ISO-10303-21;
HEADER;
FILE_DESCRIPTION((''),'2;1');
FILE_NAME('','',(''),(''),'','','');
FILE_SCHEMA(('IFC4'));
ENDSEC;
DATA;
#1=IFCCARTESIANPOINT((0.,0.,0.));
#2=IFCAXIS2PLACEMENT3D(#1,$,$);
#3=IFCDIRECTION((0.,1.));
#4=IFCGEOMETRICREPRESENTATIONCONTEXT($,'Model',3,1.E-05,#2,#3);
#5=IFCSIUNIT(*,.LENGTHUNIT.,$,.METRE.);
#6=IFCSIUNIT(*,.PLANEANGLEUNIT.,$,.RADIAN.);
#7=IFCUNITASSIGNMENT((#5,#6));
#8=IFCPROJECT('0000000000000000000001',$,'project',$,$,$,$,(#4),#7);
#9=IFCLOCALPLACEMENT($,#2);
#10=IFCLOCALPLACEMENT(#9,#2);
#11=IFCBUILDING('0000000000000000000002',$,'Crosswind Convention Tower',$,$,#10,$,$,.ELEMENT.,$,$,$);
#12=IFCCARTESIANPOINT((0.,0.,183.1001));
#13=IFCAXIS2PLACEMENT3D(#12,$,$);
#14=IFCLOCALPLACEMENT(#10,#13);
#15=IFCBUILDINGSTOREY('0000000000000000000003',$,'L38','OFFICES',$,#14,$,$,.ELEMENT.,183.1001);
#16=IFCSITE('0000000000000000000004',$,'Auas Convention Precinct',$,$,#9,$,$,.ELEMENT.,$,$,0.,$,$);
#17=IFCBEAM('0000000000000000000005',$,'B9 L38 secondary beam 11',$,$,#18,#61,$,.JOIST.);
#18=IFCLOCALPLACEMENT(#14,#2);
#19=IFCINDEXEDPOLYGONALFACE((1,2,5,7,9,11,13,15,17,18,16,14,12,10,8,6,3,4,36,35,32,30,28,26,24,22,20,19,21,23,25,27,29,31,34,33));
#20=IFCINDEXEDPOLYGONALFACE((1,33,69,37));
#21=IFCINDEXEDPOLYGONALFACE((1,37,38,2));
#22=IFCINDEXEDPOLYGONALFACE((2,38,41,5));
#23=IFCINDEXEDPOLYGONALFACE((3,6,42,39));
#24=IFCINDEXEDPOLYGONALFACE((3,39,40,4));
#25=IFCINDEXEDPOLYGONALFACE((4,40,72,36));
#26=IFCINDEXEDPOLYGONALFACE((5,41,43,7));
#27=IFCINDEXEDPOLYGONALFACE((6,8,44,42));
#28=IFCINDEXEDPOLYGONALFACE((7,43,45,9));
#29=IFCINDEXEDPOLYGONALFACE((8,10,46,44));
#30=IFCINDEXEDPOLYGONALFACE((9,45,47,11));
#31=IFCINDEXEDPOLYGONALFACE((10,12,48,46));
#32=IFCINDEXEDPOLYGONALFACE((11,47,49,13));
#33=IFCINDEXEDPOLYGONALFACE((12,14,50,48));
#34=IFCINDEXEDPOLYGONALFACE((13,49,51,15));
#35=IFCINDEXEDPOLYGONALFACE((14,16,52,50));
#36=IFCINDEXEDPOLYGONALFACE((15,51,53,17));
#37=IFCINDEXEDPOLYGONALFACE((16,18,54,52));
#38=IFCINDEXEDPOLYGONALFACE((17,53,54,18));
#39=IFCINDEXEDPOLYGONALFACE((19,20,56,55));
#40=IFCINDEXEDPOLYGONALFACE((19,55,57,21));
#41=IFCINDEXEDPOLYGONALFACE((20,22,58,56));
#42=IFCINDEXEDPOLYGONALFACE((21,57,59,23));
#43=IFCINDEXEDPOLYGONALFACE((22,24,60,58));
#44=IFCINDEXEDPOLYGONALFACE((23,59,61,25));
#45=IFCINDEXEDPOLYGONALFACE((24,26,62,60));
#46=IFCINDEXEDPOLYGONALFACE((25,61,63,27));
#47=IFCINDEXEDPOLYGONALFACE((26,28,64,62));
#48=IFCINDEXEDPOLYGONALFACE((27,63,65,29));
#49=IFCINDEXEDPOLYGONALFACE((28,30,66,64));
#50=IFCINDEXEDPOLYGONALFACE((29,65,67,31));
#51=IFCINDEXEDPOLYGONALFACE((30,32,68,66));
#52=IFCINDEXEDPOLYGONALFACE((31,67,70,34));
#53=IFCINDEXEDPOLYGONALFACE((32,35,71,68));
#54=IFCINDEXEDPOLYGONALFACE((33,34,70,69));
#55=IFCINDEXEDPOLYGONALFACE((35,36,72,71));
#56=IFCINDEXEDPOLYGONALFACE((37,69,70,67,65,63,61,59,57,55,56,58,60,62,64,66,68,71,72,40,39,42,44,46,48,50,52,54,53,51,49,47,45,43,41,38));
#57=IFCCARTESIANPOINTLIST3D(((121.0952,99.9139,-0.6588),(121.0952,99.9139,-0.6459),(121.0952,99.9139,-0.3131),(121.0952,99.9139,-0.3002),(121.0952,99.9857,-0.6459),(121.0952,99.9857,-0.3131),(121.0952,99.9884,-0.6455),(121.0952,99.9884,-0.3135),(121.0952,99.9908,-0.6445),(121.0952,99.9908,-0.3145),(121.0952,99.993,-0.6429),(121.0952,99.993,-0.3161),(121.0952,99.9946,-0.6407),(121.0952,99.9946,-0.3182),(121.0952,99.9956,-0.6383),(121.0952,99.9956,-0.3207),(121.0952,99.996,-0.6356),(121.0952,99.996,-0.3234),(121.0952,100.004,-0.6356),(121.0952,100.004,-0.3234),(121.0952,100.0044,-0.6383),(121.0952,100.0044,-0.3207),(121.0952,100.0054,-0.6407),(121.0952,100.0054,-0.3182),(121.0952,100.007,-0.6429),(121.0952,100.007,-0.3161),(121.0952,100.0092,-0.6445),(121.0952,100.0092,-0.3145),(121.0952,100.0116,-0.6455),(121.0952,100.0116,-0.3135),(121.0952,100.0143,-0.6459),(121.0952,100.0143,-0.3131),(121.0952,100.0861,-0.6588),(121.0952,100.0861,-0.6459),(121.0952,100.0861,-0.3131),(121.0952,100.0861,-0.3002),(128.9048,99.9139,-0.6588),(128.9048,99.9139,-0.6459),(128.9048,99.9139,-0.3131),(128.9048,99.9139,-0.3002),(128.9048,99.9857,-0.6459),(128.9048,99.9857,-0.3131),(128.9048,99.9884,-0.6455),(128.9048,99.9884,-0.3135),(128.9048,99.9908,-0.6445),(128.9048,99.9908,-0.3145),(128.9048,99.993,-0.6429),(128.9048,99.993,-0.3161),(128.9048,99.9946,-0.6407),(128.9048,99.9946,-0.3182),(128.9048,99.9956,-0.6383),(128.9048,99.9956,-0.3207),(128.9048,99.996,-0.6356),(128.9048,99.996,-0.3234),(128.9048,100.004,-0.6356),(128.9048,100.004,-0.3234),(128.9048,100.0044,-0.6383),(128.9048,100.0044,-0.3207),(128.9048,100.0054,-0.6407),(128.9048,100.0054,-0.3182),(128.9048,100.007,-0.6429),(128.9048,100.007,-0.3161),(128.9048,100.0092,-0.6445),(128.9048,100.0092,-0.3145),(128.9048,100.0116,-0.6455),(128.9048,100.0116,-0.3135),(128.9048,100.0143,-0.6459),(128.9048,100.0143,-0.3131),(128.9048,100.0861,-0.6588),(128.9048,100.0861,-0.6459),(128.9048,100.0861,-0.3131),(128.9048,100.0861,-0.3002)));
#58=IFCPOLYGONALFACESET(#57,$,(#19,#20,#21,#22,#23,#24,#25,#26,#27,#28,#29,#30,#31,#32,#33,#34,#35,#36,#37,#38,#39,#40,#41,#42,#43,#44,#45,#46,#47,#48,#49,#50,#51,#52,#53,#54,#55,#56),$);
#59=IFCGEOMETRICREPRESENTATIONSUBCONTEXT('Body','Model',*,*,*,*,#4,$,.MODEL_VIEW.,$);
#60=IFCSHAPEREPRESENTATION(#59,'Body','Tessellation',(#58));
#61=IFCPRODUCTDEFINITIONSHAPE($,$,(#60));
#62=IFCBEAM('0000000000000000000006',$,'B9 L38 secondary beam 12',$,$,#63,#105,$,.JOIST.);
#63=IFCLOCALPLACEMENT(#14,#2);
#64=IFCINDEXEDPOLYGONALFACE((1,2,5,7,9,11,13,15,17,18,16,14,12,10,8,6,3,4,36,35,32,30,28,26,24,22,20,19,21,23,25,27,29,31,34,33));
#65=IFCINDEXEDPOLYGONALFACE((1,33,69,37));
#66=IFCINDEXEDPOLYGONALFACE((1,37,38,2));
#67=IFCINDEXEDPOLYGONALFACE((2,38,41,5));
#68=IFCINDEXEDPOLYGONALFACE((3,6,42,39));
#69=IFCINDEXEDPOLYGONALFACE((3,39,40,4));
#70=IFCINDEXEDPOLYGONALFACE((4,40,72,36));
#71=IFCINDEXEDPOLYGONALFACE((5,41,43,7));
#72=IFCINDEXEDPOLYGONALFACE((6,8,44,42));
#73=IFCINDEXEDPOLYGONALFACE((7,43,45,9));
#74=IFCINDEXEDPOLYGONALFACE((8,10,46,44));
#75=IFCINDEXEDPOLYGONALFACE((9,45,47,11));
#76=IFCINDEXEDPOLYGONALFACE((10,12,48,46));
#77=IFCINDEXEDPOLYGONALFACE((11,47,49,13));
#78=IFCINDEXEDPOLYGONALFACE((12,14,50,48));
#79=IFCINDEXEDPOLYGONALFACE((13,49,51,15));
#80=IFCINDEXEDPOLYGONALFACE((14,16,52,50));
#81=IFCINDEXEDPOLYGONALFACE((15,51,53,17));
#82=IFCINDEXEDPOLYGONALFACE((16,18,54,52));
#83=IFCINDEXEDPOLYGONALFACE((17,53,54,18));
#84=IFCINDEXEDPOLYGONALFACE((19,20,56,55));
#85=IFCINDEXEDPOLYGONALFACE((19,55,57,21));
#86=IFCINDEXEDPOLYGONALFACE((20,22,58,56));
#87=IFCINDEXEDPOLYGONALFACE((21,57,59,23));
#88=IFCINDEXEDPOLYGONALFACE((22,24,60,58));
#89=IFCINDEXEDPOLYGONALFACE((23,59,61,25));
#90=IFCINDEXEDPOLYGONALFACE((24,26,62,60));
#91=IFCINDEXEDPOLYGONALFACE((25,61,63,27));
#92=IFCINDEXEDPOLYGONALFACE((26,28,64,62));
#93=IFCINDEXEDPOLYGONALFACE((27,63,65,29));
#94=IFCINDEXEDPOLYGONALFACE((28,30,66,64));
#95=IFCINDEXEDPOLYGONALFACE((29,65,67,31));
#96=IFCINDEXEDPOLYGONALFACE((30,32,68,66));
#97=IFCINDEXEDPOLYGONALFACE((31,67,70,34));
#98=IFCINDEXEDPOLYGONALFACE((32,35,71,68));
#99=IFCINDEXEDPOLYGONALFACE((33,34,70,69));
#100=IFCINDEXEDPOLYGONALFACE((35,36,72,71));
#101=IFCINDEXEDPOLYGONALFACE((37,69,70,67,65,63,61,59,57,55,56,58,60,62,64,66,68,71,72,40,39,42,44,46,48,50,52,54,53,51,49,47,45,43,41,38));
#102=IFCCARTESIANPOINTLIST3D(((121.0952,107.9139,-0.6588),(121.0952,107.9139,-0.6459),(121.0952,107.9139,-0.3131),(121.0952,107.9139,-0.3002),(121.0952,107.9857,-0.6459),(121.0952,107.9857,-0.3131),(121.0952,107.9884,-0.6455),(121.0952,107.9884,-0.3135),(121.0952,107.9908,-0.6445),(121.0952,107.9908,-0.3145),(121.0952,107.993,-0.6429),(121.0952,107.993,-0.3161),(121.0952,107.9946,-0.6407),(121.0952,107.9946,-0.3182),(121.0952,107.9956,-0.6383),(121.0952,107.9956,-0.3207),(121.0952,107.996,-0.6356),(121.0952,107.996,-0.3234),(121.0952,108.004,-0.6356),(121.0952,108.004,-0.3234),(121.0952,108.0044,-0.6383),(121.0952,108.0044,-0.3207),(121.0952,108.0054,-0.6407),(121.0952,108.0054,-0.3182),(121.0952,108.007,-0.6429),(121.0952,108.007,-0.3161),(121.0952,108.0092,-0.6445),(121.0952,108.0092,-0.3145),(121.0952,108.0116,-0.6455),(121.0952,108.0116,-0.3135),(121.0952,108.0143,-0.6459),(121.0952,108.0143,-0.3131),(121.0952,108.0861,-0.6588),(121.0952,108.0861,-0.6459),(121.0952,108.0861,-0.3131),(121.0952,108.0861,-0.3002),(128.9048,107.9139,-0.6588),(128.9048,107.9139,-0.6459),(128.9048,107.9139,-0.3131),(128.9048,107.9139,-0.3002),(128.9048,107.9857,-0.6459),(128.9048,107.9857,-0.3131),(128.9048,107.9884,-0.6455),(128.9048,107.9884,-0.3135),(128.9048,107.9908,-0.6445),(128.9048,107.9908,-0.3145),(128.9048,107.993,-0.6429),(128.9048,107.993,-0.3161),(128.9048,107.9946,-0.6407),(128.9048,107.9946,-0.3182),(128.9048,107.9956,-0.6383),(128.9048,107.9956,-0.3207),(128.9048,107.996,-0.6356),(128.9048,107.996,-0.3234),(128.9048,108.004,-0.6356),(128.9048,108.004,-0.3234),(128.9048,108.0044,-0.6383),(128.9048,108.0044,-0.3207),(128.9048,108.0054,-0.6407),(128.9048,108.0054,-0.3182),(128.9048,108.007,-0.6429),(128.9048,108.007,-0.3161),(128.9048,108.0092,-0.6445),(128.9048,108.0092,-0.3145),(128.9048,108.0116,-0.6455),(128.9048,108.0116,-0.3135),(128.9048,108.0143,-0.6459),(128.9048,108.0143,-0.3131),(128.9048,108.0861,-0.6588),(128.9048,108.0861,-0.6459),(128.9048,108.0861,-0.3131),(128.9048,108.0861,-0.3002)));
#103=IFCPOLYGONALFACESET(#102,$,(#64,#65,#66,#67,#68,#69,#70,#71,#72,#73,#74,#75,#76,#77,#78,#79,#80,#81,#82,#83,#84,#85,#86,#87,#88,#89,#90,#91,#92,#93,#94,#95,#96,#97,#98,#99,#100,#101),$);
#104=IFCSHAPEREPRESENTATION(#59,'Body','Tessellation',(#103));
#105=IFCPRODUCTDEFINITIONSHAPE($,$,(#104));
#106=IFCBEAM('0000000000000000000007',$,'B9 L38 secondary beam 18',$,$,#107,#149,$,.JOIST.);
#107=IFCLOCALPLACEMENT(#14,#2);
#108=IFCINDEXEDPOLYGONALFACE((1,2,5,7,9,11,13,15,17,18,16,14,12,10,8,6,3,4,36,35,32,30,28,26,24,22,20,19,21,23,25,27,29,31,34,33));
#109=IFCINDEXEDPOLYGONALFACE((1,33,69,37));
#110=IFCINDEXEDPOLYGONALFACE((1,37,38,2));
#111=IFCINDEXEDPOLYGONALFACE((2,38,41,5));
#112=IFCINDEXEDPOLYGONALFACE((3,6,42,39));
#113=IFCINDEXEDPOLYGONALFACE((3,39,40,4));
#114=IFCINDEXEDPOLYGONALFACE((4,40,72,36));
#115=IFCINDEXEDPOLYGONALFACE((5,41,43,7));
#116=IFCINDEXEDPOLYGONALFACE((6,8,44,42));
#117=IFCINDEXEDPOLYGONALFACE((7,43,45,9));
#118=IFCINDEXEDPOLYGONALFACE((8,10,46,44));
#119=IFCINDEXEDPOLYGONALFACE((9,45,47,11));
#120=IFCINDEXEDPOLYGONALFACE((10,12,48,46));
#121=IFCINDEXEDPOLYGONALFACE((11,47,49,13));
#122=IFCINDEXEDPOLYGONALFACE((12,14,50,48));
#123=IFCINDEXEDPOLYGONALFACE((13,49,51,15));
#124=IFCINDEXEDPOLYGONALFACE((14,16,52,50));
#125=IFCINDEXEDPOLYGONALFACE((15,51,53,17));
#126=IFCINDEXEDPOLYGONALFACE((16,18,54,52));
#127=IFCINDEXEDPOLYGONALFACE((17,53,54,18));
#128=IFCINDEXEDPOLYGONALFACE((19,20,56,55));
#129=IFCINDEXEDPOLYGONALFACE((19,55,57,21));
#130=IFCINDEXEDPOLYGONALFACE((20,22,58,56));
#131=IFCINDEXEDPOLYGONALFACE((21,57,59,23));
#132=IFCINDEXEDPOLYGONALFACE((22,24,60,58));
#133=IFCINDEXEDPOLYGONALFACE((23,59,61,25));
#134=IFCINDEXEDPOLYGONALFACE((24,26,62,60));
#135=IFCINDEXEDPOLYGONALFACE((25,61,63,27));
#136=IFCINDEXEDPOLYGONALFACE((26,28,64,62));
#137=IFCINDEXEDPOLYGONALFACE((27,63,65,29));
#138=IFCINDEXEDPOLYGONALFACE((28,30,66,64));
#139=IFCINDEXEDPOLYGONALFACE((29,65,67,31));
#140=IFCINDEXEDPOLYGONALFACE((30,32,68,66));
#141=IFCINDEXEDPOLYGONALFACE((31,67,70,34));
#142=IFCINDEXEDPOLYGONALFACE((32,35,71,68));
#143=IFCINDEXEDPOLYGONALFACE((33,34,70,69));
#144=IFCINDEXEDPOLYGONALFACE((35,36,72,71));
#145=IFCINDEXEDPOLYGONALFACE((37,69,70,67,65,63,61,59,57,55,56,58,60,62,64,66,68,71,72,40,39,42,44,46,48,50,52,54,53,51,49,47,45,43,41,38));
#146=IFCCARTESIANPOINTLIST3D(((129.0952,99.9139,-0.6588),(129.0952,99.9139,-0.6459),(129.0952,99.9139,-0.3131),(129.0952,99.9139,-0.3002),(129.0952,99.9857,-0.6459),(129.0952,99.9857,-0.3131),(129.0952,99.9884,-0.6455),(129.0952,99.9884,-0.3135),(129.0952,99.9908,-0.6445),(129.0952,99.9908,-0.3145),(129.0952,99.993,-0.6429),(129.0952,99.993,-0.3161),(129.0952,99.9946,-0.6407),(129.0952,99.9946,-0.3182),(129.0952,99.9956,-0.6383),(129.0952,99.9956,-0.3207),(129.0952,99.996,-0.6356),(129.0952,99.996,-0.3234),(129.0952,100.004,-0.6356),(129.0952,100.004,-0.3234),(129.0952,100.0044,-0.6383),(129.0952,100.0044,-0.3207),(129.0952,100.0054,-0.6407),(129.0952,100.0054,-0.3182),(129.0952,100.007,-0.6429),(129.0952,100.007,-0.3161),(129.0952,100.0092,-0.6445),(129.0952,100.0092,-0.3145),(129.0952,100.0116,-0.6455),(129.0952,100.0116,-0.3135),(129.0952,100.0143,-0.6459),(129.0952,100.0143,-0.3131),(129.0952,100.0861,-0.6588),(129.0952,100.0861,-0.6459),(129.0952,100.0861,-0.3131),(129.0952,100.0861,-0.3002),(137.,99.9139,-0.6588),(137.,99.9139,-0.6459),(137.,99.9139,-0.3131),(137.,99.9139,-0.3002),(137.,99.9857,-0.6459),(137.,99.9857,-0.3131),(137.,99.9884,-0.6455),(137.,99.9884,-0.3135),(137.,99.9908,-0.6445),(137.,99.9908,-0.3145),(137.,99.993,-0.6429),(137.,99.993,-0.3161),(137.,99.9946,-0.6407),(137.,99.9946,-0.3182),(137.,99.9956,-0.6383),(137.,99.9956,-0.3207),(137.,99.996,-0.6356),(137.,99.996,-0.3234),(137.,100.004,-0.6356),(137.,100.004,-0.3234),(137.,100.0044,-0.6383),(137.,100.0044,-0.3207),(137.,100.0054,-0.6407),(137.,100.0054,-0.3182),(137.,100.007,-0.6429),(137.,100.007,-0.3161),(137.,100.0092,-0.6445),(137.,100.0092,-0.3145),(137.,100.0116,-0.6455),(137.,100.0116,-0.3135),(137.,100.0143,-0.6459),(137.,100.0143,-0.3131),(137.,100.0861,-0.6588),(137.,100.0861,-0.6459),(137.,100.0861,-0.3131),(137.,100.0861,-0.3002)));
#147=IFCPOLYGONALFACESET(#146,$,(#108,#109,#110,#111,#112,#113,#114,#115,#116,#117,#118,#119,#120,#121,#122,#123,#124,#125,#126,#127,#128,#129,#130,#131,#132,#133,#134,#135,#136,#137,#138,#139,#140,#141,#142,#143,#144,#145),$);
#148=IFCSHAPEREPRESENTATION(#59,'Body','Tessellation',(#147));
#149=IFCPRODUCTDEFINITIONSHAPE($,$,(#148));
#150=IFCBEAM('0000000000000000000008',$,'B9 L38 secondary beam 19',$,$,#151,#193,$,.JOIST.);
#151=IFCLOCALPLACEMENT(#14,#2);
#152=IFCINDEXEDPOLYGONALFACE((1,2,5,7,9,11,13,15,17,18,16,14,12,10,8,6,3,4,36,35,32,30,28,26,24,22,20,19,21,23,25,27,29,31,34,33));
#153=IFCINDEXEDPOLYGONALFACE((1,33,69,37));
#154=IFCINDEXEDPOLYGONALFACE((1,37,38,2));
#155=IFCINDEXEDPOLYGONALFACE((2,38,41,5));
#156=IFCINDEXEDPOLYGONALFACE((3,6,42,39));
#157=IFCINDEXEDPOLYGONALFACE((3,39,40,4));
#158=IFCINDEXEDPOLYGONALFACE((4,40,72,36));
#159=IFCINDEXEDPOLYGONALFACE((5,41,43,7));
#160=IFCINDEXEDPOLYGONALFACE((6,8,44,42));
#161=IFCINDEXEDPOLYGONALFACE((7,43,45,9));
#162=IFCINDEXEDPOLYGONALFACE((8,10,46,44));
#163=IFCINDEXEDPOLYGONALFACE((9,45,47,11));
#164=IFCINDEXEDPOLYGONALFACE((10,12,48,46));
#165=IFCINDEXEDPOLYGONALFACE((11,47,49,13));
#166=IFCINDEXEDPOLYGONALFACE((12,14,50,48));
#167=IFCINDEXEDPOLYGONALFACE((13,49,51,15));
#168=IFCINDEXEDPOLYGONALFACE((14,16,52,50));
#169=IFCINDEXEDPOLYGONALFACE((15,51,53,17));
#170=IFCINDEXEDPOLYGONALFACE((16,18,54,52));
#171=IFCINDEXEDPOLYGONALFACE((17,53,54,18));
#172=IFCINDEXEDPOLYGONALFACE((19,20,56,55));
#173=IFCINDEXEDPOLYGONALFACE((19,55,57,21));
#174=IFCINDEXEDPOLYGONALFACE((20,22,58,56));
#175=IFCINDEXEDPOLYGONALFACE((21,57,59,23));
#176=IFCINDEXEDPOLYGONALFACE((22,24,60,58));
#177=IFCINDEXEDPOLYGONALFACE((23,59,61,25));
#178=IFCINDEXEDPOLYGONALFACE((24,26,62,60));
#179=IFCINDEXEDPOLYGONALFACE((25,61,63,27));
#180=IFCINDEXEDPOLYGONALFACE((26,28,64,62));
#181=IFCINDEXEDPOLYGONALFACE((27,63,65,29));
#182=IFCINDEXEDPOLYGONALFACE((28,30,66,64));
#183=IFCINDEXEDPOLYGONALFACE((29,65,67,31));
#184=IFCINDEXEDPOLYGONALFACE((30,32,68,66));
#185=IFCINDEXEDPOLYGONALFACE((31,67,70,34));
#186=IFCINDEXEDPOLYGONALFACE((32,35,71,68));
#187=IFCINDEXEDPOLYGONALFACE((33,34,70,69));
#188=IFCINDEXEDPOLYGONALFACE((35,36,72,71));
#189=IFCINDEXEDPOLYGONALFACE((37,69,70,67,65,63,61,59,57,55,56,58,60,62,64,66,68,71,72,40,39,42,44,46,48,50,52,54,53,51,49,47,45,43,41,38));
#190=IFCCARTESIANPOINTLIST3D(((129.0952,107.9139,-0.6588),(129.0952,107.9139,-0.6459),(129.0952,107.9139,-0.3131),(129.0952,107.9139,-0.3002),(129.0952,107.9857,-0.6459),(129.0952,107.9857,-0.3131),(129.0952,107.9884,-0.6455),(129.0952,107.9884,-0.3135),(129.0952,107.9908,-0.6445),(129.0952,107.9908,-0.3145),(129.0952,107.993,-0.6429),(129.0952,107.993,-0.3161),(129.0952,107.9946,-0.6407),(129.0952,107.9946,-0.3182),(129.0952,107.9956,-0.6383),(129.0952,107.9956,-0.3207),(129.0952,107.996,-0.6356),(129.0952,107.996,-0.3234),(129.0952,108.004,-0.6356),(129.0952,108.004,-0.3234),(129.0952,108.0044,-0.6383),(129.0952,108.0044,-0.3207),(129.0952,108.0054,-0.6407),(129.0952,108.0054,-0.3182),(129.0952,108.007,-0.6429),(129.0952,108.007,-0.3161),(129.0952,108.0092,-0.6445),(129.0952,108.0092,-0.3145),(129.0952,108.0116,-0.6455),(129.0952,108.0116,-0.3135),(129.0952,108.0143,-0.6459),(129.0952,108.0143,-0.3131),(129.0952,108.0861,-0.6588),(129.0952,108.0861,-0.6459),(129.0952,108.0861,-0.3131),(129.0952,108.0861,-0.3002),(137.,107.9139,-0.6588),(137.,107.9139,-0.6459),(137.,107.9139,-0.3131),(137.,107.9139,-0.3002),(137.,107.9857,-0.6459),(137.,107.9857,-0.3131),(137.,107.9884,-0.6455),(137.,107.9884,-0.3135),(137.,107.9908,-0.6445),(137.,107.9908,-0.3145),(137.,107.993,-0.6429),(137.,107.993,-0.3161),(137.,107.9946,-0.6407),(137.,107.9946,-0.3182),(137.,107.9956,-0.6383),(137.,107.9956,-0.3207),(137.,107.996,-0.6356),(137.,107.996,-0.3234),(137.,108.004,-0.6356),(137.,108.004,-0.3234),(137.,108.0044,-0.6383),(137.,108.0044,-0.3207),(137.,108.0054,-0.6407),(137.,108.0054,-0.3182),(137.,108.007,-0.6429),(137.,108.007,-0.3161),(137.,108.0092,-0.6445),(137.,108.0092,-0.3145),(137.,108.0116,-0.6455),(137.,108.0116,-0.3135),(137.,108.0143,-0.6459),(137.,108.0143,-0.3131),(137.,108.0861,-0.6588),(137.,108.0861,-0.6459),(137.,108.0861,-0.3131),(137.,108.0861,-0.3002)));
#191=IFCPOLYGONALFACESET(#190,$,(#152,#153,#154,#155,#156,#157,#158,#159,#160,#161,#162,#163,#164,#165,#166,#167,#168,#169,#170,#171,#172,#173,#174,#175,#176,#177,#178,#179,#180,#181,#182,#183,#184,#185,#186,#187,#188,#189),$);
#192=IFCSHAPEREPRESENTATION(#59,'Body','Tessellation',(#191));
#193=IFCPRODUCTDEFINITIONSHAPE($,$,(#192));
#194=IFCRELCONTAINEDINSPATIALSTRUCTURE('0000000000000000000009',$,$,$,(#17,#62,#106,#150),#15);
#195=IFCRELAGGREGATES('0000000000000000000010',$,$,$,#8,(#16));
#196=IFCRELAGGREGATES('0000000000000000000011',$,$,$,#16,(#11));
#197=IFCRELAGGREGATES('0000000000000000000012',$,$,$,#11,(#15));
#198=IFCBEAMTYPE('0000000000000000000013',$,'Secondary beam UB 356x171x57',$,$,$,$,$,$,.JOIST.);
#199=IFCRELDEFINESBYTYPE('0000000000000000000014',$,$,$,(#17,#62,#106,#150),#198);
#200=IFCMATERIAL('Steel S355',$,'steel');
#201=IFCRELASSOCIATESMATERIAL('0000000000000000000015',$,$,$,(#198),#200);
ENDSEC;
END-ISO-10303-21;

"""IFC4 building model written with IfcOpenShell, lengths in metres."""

from ifc_helpers import new_model, si_unit, direction, frame, origin, origin_2d, place, context, subcontext, project, spatial, i_section, extrude, material, material_profile, profile_set, type_object, element, save


model = new_model("IFC4")

# Units and contexts
model_context = context("Model", 3, precision=1e-05, world=origin(), true_north=direction((0.0, 1.0)))
body_context = subcontext(model_context, "Body", "Model", "MODEL_VIEW")
ifc_project = project(units=[si_unit("LENGTHUNIT", "METRE"), si_unit("PLANEANGLEUNIT", "RADIAN")], contexts=[model_context])

# Site, building, storey
site_placement = place(None, origin())
site = spatial("IfcSite", under=ifc_project, at=site_placement, Name="Auas Convention Precinct", CompositionType="ELEMENT", RefElevation=0.0)
building_placement = place(site_placement, origin())
building = spatial("IfcBuilding", under=site, at=building_placement, Name="Crosswind Convention Tower", CompositionType="ELEMENT")
storey_placement = place(building_placement, frame((0.0, 0.0, 183.1001)))
storey = spatial("IfcBuildingStorey", under=building, at=storey_placement, Name="L38", Description="OFFICES", CompositionType="ELEMENT", Elevation=183.1001)

# Beams
ifc_material_1 = material(Name="Steel S355", Category="steel")
ifc_material_profile_1 = material_profile(ifc_material_1, i_section(OverallWidth=0.1721, OverallDepth=0.3586, WebThickness=0.0081, FlangeThickness=0.0129, FilletRadius=0.0103, at=origin_2d()), Name="UB 356x171x57")
ifc_profile_set_1 = profile_set([ifc_material_profile_1], Name="Steel S355")
beam_type_1 = type_object("IfcBeamType", Name="Secondary beam UB 356x171x57", PredefinedType="JOIST", material=ifc_profile_set_1)
for number, where, z_axis, x_axis, name in (
    (1, (121.0952, 100.0, -0.4795), (1.0, 0.0, 0.0), (0.0, 1.0, 0.0), "B9 L38 secondary beam 11"),
    (2, (121.0952, 108.0, -0.4795), (1.0, 0.0, 0.0), (0.0, 1.0, 0.0), "B9 L38 secondary beam 12"),
):
    element("IfcBeam", number, at=place(storey_placement, frame(where, z_axis=z_axis, x_axis=x_axis)), inside=storey, type_object=beam_type_1, Name=name, PredefinedType="JOIST", context=body_context, shape_type="SweptSolid", body=[
        extrude(i_section(OverallWidth=0.1721, OverallDepth=0.3586, WebThickness=0.0081, FlangeThickness=0.0129, FilletRadius=0.0103, at=origin_2d()), origin(), (0.0, 0.0, 1.0), 7.8096),
    ])
for number, where, z_axis, x_axis, name in (
    (3, (129.0952, 100.0, -0.4795), (1.0, 0.0, 0.0), (0.0, 1.0, 0.0), "B9 L38 secondary beam 18"),
    (4, (129.0952, 108.0, -0.4795), (1.0, 0.0, 0.0), (0.0, 1.0, 0.0), "B9 L38 secondary beam 19"),
):
    element("IfcBeam", number, at=place(storey_placement, frame(where, z_axis=z_axis, x_axis=x_axis)), inside=storey, type_object=beam_type_1, Name=name, PredefinedType="JOIST", context=body_context, shape_type="SweptSolid", body=[
        extrude(i_section(OverallWidth=0.1721, OverallDepth=0.3586, WebThickness=0.0081, FlangeThickness=0.0129, FilletRadius=0.0103, at=origin_2d()), origin(), (0.0, 0.0, 1.0), 7.9048),
    ])

save(model, "model.ifc")
